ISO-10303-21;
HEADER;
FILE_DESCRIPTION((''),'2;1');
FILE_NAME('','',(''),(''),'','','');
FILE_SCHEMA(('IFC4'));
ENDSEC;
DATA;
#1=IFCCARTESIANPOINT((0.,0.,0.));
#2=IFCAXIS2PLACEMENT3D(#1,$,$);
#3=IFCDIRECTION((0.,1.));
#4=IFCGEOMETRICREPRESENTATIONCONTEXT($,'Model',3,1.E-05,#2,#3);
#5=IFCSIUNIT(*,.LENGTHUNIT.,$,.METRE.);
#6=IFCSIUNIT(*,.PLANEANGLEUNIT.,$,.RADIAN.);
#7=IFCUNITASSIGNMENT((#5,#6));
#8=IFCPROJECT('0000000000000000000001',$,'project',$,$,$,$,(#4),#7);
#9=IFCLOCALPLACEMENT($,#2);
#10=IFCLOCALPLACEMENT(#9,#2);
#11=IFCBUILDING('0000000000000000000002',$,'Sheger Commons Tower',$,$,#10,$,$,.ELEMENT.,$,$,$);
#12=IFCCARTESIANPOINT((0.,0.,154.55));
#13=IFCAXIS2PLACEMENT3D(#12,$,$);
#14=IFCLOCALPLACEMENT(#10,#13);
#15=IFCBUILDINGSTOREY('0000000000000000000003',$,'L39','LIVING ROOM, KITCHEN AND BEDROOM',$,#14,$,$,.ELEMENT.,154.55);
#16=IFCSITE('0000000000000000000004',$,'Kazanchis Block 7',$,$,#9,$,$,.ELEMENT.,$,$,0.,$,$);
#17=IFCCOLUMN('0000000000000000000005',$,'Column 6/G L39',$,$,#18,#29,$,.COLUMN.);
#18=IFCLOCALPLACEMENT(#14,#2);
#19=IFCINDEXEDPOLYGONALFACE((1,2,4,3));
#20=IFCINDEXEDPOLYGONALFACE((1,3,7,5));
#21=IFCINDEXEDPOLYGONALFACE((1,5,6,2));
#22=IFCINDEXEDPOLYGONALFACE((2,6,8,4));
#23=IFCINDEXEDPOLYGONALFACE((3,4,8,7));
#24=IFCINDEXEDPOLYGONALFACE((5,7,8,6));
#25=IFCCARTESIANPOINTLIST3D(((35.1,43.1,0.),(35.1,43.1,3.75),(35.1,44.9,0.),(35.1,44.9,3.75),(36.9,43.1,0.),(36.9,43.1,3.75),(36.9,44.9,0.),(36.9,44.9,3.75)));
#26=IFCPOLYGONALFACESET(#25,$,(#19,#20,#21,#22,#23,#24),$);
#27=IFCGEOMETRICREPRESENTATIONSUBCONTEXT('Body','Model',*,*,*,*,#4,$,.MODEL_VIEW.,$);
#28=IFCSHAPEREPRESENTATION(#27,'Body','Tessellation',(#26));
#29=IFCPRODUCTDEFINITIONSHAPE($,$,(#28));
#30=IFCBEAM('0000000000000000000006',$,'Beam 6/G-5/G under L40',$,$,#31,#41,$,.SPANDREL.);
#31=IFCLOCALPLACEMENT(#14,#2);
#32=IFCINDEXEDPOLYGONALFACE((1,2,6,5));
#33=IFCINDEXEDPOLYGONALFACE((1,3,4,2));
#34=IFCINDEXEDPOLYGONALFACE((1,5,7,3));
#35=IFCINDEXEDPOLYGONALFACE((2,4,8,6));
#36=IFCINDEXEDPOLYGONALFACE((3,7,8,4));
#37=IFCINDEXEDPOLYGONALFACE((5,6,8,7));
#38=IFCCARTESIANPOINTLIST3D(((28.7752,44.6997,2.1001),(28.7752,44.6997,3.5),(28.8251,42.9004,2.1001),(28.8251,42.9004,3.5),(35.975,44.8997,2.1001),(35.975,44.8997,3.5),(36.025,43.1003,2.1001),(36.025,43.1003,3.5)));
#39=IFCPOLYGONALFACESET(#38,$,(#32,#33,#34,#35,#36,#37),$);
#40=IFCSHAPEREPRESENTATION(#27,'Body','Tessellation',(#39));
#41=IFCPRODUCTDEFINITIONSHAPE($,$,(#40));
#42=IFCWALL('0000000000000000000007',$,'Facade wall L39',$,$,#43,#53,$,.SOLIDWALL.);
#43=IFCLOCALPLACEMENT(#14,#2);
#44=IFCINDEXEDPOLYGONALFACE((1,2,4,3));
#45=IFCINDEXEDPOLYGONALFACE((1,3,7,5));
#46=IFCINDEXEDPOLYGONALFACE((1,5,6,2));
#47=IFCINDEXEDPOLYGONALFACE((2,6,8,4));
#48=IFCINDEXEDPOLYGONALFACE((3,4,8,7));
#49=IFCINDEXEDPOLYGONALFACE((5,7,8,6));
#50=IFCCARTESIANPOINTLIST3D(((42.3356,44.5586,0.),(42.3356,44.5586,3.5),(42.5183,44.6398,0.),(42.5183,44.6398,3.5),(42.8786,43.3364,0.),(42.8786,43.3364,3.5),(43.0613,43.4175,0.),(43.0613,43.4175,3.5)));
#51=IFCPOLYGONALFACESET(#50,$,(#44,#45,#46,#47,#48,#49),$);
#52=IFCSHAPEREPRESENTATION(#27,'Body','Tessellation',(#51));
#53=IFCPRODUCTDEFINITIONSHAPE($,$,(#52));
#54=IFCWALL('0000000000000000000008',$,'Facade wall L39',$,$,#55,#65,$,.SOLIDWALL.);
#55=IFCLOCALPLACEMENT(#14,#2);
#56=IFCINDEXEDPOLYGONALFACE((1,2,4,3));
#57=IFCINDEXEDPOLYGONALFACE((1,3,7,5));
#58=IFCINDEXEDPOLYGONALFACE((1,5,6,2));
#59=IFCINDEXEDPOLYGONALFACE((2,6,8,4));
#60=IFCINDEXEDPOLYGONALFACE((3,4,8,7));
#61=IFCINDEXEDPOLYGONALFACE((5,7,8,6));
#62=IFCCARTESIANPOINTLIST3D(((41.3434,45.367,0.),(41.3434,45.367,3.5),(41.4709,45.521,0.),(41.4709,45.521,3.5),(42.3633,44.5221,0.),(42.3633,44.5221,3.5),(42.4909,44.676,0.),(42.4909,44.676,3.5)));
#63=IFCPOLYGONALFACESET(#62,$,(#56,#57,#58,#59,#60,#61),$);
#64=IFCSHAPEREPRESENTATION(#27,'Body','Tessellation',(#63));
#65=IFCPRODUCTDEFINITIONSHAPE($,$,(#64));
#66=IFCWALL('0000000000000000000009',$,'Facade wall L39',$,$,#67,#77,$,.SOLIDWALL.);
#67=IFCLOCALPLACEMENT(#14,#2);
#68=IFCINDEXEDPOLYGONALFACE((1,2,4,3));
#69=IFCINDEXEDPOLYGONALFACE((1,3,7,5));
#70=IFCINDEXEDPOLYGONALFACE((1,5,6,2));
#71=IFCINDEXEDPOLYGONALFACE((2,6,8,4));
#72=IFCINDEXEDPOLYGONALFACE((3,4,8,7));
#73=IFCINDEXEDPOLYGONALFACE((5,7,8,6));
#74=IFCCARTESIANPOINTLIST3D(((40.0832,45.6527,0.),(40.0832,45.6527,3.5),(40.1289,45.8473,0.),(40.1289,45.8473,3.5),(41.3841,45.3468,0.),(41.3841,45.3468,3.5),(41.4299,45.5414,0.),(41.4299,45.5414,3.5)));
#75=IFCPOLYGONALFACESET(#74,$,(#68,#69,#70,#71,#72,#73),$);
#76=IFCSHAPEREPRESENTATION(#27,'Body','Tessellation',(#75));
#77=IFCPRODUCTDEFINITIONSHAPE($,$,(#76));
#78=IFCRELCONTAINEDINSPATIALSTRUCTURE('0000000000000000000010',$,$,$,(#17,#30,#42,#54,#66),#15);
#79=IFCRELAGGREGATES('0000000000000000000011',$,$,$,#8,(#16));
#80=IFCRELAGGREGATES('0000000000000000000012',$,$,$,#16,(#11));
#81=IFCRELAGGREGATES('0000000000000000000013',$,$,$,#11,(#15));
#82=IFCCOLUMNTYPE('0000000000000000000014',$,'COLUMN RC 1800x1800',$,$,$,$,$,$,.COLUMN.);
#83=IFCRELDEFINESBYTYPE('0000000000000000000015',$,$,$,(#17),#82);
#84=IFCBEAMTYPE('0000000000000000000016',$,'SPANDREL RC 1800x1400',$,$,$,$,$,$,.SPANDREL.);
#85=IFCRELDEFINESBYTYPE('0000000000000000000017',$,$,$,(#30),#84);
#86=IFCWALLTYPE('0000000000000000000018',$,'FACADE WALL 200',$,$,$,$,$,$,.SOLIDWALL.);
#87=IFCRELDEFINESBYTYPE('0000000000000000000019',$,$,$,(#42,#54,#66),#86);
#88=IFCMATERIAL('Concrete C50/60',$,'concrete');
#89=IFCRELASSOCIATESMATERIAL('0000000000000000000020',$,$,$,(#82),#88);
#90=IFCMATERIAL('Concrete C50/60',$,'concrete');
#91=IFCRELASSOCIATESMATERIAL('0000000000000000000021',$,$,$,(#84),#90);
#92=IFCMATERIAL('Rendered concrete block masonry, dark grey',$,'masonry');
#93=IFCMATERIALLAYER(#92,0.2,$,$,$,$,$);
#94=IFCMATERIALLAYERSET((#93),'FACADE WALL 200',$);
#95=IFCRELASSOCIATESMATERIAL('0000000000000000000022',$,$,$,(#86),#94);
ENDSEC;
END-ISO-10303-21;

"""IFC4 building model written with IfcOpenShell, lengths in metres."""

from ifc_helpers import new_model, si_unit, direction, frame, frame_2d, origin, origin_2d, place, context, subcontext, project, spatial, rectangle, extrude, material, layer, layer_set, material_profile, profile_set, type_object, element, save


model = new_model("IFC4")

# Units and contexts
model_context = context("Model", 3, precision=1e-05, world=origin(), true_north=direction((0.0, 1.0)))
body_context = subcontext(model_context, "Body", "Model", "MODEL_VIEW")
ifc_project = project(units=[si_unit("LENGTHUNIT", "METRE"), si_unit("PLANEANGLEUNIT", "RADIAN")], contexts=[model_context])

# Site, building, storey
site_placement = place(None, origin())
site = spatial("IfcSite", under=ifc_project, at=site_placement, Name="Kazanchis Block 7", CompositionType="ELEMENT", RefElevation=0.0)
building_placement = place(site_placement, origin())
building = spatial("IfcBuilding", under=site, at=building_placement, Name="Sheger Commons Tower", CompositionType="ELEMENT")
storey_placement = place(building_placement, frame((0.0, 0.0, 154.55)))
storey = spatial("IfcBuildingStorey", under=building, at=storey_placement, Name="L39", Description="LIVING ROOM, KITCHEN AND BEDROOM", CompositionType="ELEMENT", Elevation=154.55)

# Column
ifc_material_1 = material(Name="Concrete C50/60", Category="concrete")
ifc_material_profile_1 = material_profile(ifc_material_1, rectangle(XDim=1.8, YDim=1.8, at=origin_2d()), Name="RC 1800x1800")
ifc_profile_set_1 = profile_set([ifc_material_profile_1], Name="Concrete C50/60")
column_type = type_object("IfcColumnType", Name="COLUMN RC 1800x1800", PredefinedType="COLUMN", material=ifc_profile_set_1)
column_placement = place(storey_placement, frame((36.0, 44.0, 0.0), z_axis=(0.0, 0.0, 1.0), x_axis=(1.0, 0.0, 0.0)))
element("IfcColumn", 1, at=column_placement, inside=storey, type_object=column_type, Name="Column 6/G L39", PredefinedType="COLUMN", context=body_context, shape_type="SweptSolid", body=[
    extrude(rectangle(XDim=1.8, YDim=1.8, at=origin_2d()), origin(), (0.0, 0.0, 1.0), 3.75),
])

# Beam
ifc_material_2 = material(Name="Concrete C50/60", Category="concrete")
ifc_material_profile_2 = material_profile(ifc_material_2, rectangle(XDim=1.8, YDim=1.3999, at=origin_2d()), Name="RC 1800x1400")
ifc_profile_set_2 = profile_set([ifc_material_profile_2], Name="Concrete C50/60")
beam_type = type_object("IfcBeamType", Name="SPANDREL RC 1800x1400", PredefinedType="SPANDREL", material=ifc_profile_set_2)
beam_placement = place(storey_placement, frame((36.0, 44.0, 2.8), z_axis=(-0.999615, -0.02776, 0.0), x_axis=(0.02776, -0.999615, 0.0)))
element("IfcBeam", 2, at=beam_placement, inside=storey, type_object=beam_type, Name="Beam 6/G-5/G under L40", PredefinedType="SPANDREL", context=body_context, shape_type="SweptSolid", body=[
    extrude(rectangle(XDim=1.8, YDim=1.3999, at=origin_2d()), origin(), (0.0, 0.0, 1.0), 7.2026),
])

# Walls
ifc_material_3 = material(Name="Rendered concrete block masonry, dark grey", Category="masonry")
ifc_layer_1 = layer(ifc_material_3, 0.2)
ifc_layer_set_1 = layer_set([ifc_layer_1], Name="FACADE WALL 200")
wall_type_1 = type_object("IfcWallType", Name="FACADE WALL 200", PredefinedType="SOLIDWALL", material=ifc_layer_set_1)
wall_1_placement = place(storey_placement, frame((42.97, 43.377, 0.0), z_axis=(0.0, 0.0, 1.0), x_axis=(-0.406003, 0.913872, 0.0)))
element("IfcWall", 3, at=wall_1_placement, inside=storey, type_object=wall_type_1, Name="Facade wall L39", PredefinedType="SOLIDWALL", context=body_context, shape_type="SweptSolid", body=[
    extrude(rectangle(XDim=1.3374, YDim=0.2, at=frame_2d((0.6687, 0.0))), origin(), (0.0, 0.0, 1.0), 3.5),
])
wall_2_placement = place(storey_placement, frame((42.427, 44.5991, 0.0), z_axis=(0.0, 0.0, 1.0), x_axis=(-0.770091, 0.637934, 0.0)))
element("IfcWall", 4, at=wall_2_placement, inside=storey, type_object=wall_type_1, Name="Facade wall L39", PredefinedType="SOLIDWALL", context=body_context, shape_type="SweptSolid", body=[
    extrude(rectangle(XDim=1.3245, YDim=0.2, at=frame_2d((0.6621, 0.0))), origin(), (0.0, 0.0, 1.0), 3.5),
])
wall_3_placement = place(storey_placement, frame((41.407, 45.4441, 0.0), z_axis=(0.0, 0.0, 1.0), x_axis=(-0.973453, 0.228887, 0.0)))
element("IfcWall", 5, at=wall_3_placement, inside=storey, type_object=wall_type_1, Name="Facade wall L39", PredefinedType="SOLIDWALL", context=body_context, shape_type="SweptSolid", body=[
    extrude(rectangle(XDim=1.3364, YDim=0.2, at=frame_2d((0.6682, 0.0))), origin(), (0.0, 0.0, 1.0), 3.5),
])

save(model, "model.ifc")
